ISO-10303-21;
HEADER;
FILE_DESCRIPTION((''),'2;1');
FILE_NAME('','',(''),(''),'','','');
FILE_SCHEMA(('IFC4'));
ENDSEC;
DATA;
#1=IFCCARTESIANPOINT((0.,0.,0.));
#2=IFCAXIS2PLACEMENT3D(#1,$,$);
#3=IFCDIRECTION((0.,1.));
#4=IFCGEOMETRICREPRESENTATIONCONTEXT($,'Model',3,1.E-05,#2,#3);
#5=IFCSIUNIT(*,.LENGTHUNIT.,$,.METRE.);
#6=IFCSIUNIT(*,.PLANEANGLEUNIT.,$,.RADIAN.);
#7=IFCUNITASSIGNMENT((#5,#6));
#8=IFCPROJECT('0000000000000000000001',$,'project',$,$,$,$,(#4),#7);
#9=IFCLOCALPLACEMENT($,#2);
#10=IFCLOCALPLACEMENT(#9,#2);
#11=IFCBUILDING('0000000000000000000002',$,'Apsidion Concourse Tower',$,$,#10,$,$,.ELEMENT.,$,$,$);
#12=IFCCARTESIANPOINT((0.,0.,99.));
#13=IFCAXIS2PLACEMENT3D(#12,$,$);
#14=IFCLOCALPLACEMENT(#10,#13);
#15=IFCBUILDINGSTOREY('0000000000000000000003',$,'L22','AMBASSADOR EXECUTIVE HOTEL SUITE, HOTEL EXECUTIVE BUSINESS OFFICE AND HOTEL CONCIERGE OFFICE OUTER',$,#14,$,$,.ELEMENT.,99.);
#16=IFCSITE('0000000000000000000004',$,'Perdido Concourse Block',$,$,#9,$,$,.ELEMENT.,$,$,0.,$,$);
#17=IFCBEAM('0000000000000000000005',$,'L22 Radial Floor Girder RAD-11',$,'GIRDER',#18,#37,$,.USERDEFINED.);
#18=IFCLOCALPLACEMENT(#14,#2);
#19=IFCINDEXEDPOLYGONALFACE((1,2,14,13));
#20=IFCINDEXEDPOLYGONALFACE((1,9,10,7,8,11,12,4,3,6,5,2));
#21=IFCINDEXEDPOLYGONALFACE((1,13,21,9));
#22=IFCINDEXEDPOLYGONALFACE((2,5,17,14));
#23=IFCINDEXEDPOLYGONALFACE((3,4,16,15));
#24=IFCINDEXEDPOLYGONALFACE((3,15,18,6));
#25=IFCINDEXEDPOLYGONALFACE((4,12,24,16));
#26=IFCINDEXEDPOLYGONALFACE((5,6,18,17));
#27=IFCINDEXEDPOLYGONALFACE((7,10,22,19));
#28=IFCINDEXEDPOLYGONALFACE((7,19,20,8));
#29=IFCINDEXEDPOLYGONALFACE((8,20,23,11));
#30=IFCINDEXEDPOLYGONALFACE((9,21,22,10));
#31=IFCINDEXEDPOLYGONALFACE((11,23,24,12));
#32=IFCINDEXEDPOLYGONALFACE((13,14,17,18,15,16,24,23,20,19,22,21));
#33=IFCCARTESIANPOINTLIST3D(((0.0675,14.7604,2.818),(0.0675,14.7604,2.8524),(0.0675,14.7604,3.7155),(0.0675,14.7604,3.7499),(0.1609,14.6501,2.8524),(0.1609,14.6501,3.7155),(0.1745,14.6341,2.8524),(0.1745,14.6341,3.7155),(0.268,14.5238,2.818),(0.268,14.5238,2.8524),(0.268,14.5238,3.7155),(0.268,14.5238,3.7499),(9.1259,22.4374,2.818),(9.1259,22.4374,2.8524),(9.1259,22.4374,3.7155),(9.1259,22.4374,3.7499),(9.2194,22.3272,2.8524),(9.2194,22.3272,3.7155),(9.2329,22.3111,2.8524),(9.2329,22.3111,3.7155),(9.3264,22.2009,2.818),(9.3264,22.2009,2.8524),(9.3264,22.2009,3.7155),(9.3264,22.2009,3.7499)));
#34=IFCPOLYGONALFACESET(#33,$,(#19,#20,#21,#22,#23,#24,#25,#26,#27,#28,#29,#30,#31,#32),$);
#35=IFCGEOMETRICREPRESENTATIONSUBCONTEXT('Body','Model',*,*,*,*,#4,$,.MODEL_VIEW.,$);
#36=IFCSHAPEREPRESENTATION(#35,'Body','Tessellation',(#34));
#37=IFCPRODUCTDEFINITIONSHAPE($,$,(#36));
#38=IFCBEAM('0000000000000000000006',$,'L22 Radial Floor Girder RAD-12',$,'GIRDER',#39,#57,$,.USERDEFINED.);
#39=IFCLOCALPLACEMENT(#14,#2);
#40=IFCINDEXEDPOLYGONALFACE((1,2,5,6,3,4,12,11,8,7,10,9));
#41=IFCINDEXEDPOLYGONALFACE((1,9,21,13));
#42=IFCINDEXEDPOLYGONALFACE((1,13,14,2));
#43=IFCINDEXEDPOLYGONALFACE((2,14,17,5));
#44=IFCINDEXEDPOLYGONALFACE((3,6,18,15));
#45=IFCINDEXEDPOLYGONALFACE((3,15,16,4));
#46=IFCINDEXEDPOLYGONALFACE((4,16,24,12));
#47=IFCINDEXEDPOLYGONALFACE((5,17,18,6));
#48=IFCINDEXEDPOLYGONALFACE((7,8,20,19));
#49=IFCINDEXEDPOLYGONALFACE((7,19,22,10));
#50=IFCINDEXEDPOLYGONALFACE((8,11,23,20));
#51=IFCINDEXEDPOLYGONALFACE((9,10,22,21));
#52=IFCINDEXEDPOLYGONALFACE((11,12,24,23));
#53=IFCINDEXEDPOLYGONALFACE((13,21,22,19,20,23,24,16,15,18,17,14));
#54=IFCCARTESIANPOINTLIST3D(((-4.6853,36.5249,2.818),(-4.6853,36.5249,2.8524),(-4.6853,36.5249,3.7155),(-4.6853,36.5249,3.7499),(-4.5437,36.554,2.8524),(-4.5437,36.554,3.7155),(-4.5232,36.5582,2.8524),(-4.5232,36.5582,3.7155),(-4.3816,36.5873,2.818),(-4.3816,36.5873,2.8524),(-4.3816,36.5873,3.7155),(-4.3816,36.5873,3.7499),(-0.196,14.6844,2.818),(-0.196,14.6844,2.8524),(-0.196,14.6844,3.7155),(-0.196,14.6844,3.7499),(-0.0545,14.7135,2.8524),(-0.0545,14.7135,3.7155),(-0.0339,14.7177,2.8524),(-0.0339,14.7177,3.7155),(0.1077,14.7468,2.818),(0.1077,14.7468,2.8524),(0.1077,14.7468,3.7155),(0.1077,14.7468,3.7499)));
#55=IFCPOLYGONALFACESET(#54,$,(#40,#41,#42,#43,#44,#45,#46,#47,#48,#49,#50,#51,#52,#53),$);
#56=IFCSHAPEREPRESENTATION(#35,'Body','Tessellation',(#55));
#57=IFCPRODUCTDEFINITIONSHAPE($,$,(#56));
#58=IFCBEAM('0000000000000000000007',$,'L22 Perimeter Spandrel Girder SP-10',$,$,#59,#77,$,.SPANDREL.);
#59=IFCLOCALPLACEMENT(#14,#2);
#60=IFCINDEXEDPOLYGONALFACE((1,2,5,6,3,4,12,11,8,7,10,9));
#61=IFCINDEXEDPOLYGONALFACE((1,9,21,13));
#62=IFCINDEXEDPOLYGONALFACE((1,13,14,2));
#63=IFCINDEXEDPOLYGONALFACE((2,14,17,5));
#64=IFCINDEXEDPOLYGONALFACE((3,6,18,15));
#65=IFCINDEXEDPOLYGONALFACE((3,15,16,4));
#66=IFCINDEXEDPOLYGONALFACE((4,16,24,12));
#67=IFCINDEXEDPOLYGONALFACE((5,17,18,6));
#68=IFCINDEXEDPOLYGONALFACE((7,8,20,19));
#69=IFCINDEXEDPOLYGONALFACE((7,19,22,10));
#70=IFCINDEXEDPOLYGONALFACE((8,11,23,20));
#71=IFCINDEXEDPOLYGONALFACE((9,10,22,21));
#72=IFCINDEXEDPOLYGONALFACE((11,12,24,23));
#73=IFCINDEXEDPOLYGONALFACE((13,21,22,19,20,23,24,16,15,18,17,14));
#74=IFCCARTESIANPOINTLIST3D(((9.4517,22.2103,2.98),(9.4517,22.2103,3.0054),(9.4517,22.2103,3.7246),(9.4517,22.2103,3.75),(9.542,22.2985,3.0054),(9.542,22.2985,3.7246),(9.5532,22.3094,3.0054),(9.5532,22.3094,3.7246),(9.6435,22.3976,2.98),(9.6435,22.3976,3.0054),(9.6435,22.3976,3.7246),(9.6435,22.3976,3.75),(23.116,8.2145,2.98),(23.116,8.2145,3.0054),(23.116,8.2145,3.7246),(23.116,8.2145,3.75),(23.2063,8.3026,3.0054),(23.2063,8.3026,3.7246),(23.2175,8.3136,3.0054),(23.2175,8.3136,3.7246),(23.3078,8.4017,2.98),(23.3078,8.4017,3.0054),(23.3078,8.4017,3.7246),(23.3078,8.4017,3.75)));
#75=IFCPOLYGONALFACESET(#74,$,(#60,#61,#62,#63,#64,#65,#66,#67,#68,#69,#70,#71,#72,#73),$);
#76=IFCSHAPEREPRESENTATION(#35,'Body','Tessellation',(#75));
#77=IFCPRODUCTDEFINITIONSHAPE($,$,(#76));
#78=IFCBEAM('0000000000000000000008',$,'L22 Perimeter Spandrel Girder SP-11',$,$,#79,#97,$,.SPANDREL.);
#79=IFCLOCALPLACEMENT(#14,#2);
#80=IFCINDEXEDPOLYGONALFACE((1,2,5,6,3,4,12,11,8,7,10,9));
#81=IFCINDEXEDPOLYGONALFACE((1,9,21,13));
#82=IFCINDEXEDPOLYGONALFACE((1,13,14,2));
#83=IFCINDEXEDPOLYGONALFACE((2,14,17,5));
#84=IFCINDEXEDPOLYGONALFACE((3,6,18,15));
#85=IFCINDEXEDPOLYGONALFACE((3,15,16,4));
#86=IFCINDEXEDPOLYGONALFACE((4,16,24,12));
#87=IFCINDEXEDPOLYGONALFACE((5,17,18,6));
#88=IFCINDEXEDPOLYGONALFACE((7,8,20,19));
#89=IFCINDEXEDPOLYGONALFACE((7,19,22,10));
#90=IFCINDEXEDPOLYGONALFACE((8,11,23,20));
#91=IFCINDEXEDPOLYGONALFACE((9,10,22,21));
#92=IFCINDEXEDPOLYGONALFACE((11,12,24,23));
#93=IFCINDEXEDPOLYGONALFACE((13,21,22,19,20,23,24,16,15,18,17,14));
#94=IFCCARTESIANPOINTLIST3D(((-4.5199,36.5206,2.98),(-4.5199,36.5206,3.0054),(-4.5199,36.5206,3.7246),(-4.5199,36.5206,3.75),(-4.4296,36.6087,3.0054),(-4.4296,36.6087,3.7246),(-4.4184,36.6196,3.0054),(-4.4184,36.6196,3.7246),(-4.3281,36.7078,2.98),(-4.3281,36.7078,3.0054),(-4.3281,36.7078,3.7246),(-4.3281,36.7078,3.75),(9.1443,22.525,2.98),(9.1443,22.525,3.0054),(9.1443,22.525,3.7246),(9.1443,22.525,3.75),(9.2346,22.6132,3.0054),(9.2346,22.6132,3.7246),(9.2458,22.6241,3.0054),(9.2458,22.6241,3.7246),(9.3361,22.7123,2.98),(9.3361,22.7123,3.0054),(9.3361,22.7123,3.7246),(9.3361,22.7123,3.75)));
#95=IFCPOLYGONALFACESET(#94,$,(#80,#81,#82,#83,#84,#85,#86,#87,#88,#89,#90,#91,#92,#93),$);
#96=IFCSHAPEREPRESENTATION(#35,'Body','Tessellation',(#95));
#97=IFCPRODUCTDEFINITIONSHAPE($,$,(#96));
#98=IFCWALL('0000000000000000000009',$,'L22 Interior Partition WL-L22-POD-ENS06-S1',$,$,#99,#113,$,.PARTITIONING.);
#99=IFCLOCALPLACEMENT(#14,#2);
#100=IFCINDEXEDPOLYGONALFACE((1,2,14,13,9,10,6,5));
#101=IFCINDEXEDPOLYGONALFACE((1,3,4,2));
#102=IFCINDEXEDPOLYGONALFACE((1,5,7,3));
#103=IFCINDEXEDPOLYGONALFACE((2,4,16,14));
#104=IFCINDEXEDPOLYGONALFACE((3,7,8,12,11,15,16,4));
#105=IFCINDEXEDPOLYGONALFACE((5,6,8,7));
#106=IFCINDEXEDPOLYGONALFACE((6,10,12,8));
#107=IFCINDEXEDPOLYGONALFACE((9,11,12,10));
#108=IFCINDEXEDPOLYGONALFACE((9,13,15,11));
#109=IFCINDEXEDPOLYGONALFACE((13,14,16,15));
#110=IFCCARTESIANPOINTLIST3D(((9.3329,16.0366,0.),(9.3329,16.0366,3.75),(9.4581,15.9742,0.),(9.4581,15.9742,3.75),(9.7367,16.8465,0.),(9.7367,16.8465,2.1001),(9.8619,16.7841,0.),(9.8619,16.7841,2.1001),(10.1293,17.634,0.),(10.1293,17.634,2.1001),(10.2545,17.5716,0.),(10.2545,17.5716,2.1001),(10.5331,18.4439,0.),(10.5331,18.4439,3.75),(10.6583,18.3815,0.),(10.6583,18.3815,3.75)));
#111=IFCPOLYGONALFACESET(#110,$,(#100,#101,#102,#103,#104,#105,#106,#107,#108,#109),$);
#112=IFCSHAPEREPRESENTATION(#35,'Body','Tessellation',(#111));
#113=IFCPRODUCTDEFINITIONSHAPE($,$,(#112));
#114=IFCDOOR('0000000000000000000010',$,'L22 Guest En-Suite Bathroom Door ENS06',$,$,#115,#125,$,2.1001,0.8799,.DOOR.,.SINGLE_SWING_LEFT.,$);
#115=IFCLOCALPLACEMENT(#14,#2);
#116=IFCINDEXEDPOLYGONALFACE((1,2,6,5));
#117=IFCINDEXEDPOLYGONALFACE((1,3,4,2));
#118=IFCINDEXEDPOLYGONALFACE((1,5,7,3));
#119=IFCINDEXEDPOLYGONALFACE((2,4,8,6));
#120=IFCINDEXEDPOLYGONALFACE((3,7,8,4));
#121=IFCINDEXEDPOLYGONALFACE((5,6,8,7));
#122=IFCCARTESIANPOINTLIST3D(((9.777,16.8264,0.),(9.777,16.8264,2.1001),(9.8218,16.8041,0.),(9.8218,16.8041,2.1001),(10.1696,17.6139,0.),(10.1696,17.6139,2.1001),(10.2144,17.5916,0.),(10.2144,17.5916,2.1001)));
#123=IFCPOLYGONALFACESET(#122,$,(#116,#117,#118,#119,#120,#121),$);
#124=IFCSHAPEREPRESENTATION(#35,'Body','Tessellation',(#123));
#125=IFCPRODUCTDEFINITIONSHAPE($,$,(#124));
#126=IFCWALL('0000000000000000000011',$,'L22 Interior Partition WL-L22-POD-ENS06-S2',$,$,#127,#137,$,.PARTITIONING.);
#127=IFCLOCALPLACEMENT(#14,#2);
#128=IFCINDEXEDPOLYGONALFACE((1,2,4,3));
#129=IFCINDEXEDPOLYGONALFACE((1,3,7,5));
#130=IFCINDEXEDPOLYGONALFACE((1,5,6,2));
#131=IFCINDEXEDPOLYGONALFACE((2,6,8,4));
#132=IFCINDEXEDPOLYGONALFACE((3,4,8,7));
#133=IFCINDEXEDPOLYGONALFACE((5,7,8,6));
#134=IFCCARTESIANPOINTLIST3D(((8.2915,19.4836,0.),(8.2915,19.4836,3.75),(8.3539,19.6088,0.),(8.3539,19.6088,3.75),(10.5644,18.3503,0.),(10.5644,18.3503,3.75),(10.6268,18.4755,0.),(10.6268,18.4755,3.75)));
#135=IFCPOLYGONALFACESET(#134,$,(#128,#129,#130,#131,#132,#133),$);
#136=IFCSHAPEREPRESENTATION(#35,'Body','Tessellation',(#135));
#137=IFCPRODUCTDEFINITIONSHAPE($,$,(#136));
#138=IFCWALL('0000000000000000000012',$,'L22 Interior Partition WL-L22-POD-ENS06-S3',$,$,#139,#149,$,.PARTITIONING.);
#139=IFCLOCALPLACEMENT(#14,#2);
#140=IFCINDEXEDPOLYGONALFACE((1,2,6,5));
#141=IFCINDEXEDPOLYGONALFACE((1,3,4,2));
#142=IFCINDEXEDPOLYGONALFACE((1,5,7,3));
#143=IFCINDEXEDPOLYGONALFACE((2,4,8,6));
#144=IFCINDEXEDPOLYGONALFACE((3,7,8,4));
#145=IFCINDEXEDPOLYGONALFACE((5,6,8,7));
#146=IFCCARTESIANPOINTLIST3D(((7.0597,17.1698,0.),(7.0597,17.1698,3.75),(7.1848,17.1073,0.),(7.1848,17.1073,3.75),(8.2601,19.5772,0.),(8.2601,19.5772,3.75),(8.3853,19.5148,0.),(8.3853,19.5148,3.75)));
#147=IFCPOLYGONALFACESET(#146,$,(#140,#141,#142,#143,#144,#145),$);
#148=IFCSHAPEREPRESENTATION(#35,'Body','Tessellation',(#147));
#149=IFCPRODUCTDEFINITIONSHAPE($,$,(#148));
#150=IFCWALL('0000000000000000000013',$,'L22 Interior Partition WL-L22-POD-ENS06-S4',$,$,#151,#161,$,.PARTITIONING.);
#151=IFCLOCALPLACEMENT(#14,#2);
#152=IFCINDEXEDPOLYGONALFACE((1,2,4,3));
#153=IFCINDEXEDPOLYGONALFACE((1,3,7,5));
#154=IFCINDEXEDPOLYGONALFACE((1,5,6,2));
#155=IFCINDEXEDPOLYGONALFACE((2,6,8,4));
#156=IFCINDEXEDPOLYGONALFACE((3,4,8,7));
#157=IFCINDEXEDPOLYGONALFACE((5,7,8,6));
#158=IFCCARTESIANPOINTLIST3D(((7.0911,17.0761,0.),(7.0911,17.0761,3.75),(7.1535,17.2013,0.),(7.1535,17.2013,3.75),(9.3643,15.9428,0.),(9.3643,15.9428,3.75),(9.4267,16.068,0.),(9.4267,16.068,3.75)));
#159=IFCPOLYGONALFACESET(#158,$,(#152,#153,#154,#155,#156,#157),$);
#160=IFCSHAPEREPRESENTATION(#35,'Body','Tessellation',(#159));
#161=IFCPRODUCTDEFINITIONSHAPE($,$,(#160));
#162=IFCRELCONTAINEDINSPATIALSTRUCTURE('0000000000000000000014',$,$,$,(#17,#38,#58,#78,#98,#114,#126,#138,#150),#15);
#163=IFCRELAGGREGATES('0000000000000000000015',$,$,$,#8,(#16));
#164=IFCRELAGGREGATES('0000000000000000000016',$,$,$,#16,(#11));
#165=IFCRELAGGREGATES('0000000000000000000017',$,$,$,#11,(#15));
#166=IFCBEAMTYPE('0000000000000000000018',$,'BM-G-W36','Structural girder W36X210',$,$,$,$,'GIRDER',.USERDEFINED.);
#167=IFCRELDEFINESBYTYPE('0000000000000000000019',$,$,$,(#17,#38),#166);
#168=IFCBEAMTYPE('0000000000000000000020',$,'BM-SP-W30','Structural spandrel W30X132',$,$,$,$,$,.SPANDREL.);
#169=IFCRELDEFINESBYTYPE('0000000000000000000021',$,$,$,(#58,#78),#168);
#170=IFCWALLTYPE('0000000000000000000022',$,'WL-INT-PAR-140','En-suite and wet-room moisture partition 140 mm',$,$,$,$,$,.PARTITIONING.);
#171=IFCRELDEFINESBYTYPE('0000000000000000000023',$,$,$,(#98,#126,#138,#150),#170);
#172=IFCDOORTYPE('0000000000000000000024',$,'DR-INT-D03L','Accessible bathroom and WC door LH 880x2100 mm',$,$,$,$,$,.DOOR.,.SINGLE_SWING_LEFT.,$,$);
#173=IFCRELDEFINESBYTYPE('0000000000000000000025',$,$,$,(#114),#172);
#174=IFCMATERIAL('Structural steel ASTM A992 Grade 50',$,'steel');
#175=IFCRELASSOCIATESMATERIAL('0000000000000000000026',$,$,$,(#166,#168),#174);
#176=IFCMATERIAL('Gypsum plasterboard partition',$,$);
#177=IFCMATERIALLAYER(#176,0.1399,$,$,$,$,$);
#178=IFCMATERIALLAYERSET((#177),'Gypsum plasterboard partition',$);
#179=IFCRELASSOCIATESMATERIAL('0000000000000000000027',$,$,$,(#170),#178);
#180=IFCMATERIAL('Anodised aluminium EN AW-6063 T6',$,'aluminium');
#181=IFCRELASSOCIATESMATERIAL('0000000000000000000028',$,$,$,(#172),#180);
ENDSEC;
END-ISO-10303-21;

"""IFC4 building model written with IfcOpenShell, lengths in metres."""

from ifc_helpers import new_model, si_unit, direction, frame, frame_2d, origin, origin_2d, place, context, subcontext, project, spatial, rectangle, i_section, extrude, material, layer, layer_set, material_profile, profile_set, type_object, element, fill, save


model = new_model("IFC4")

# Units and contexts
model_context = context("Model", 3, precision=1e-05, world=origin(), true_north=direction((0.0, 1.0)))
body_context = subcontext(model_context, "Body", "Model", "MODEL_VIEW")
ifc_project = project(units=[si_unit("LENGTHUNIT", "METRE"), si_unit("PLANEANGLEUNIT", "RADIAN")], contexts=[model_context])

# Site, building, storey
site_placement = place(None, origin())
site = spatial("IfcSite", under=ifc_project, at=site_placement, Name="Perdido Concourse Block", CompositionType="ELEMENT", RefElevation=0.0)
building_placement = place(site_placement, origin())
building = spatial("IfcBuilding", under=site, at=building_placement, Name="Apsidion Concourse Tower", CompositionType="ELEMENT")
storey_placement = place(building_placement, frame((0.0, 0.0, 99.0)))
storey = spatial("IfcBuildingStorey", under=building, at=storey_placement, Name="L22", Description="AMBASSADOR EXECUTIVE HOTEL SUITE, HOTEL EXECUTIVE BUSINESS OFFICE AND HOTEL CONCIERGE OFFICE OUTER", CompositionType="ELEMENT", Elevation=99.0)

# Beams
ifc_material_1 = material(Name="Structural steel ASTM A992 Grade 50", Category="steel")
ifc_material_profile_1 = material_profile(ifc_material_1, i_section(OverallWidth=0.3101, OverallDepth=0.9319, WebThickness=0.021, FlangeThickness=0.0344, at=origin_2d()), Name="W36X210")
ifc_profile_set_1 = profile_set([ifc_material_profile_1], Name="Structural steel ASTM A992 Grade 50")
beam_type_1 = type_object("IfcBeamType", Name="BM-G-W36", Description="Structural girder W36X210", ElementType="GIRDER", PredefinedType="USERDEFINED", material=ifc_profile_set_1)
beam_1_placement = place(storey_placement, frame((0.1677, 14.6421, 3.2839), z_axis=(0.762878, 0.646543, 0.0), x_axis=(-0.646543, 0.762878, 0.0)))
element("IfcBeam", 1, at=beam_1_placement, inside=storey, type_object=beam_type_1, Name="L22 Radial Floor Girder RAD-11", ObjectType="GIRDER", PredefinedType="USERDEFINED", context=body_context, shape_type="SweptSolid", body=[
    extrude(i_section(OverallWidth=0.3101, OverallDepth=0.9319, WebThickness=0.021, FlangeThickness=0.0344, at=origin_2d()), origin(), (0.0, 0.0, 1.0), 11.874),
])
beam_2_placement = place(storey_placement, frame((-0.0442, 14.7156, 3.2839), z_axis=(-0.201337, 0.979522, 0.0), x_axis=(-0.979522, -0.201337, 0.0)))
element("IfcBeam", 2, at=beam_2_placement, inside=storey, type_object=beam_type_1, Name="L22 Radial Floor Girder RAD-12", ObjectType="GIRDER", PredefinedType="USERDEFINED", context=body_context, shape_type="SweptSolid", body=[
    extrude(i_section(OverallWidth=0.3101, OverallDepth=0.9319, WebThickness=0.021, FlangeThickness=0.0344, at=origin_2d()), origin(), (0.0, 0.0, 1.0), 22.2971),
])
ifc_material_profile_2 = material_profile(ifc_material_1, i_section(OverallWidth=0.2681, OverallDepth=0.77, WebThickness=0.0156, FlangeThickness=0.0254, at=origin_2d()), Name="W30X132")
ifc_profile_set_2 = profile_set([ifc_material_profile_2], Name="Structural steel ASTM A992 Grade 50")
beam_type_2 = type_object("IfcBeamType", Name="BM-SP-W30", Description="Structural spandrel W30X132", PredefinedType="SPANDREL", material=ifc_profile_set_2)
beam_3_placement = place(storey_placement, frame((23.2119, 8.3081, 3.365), z_axis=(-0.698581, 0.715531, 0.0), x_axis=(-0.715531, -0.698581, 0.0)))
element("IfcBeam", 3, at=beam_3_placement, inside=storey, type_object=beam_type_2, Name="L22 Perimeter Spandrel Girder SP-10", PredefinedType="SPANDREL", context=body_context, shape_type="SweptSolid", body=[
    extrude(i_section(OverallWidth=0.2681, OverallDepth=0.77, WebThickness=0.0156, FlangeThickness=0.0254, at=origin_2d()), origin(), (0.0, 0.0, 1.0), 19.5601),
])
beam_4_placement = place(storey_placement, frame((9.2402, 22.6187, 3.365), z_axis=(-0.698587, 0.715525, 0.0), x_axis=(-0.715525, -0.698587, 0.0)))
element("IfcBeam", 4, at=beam_4_placement, inside=storey, type_object=beam_type_2, Name="L22 Perimeter Spandrel Girder SP-11", PredefinedType="SPANDREL", context=body_context, shape_type="SweptSolid", body=[
    extrude(i_section(OverallWidth=0.2681, OverallDepth=0.77, WebThickness=0.0156, FlangeThickness=0.0254, at=origin_2d()), origin(), (0.0, 0.0, 1.0), 19.5598),
])

# Wall, opening, door
ifc_material_2 = material(Name="Gypsum plasterboard partition")
ifc_layer_1 = layer(ifc_material_2, 0.1399)
ifc_layer_set_1 = layer_set([ifc_layer_1], Name="Gypsum plasterboard partition")
wall_type_1 = type_object("IfcWallType", Name="WL-INT-PAR-140", Description="En-suite and wet-room moisture partition 140 mm", PredefinedType="PARTITIONING", material=ifc_layer_set_1)
wall_1_placement = place(storey_placement, frame((9.3955, 16.0054, 0.0), z_axis=(0.0, 0.0, 1.0), x_axis=(0.446161, 0.894953, 0.0)))
wall_1 = element("IfcWall", 5, at=wall_1_placement, inside=storey, type_object=wall_type_1, Name="L22 Interior Partition WL-L22-POD-ENS06-S1", PredefinedType="PARTITIONING", context=body_context, shape_type="SweptSolid", body=[
    extrude(rectangle(XDim=2.6899, YDim=0.1399, at=frame_2d((1.345, 0.0))), origin(), (0.0, 0.0, 1.0), 3.75),
])
opening_1_placement = place(wall_1_placement, frame((0.905, 0.0, 0.0)))
opening_1 = element("IfcOpeningElement", 6, at=opening_1_placement, cuts=wall_1, PredefinedType="OPENING", context=body_context, shape_type="SweptSolid", body=[
    extrude(rectangle(XDim=0.8799, YDim=2.1001, at=frame_2d((0.4399, 1.05))), frame((0.0, 0.0801, 0.0), z_axis=(0.0, -1.0, 0.0), x_axis=(1.0, 0.0, 0.0)), (0.0, 0.0, 1.0), 0.1599),
])
ifc_material_3 = material(Name="Anodised aluminium EN AW-6063 T6", Category="aluminium")
door_type_1 = type_object("IfcDoorType", Name="DR-INT-D03L", Description="Accessible bathroom and WC door LH 880x2100 mm", OperationType="SINGLE_SWING_LEFT", PredefinedType="DOOR", material=ifc_material_3)
door_1_placement = place(opening_1_placement, origin())
door_1 = element("IfcDoor", 7, at=door_1_placement, inside=storey, type_object=door_type_1, Name="L22 Guest En-Suite Bathroom Door ENS06", OperationType="SINGLE_SWING_LEFT", OverallHeight=2.1001, OverallWidth=0.8799, PredefinedType="DOOR", context=body_context, shape_type="SweptSolid", body=[
    extrude(rectangle(XDim=0.8799, YDim=2.1001, at=frame_2d((0.4399, 1.05))), frame((0.0, 0.0249, 0.0), z_axis=(0.0, -1.0, 0.0), x_axis=(1.0, 0.0, 0.0)), (0.0, 0.0, 1.0), 0.05),
])
fill(opening_1, door_1)

# Walls
wall_2_placement = place(storey_placement, frame((10.5957, 18.4128, 0.0), z_axis=(0.0, 0.0, 1.0), x_axis=(-0.894926, 0.446214, 0.0)))
element("IfcWall", 8, at=wall_2_placement, inside=storey, type_object=wall_type_1, Name="L22 Interior Partition WL-L22-POD-ENS06-S2", PredefinedType="PARTITIONING", context=body_context, shape_type="SweptSolid", body=[
    extrude(rectangle(XDim=2.5398, YDim=0.1399, at=frame_2d((1.27, 0.0))), origin(), (0.0, 0.0, 1.0), 3.75),
])
wall_3_placement = place(storey_placement, frame((8.3228, 19.5461, 0.0), z_axis=(0.0, 0.0, 1.0), x_axis=(-0.446233, -0.894917, 0.0)))
element("IfcWall", 9, at=wall_3_placement, inside=storey, type_object=wall_type_1, Name="L22 Interior Partition WL-L22-POD-ENS06-S3", PredefinedType="PARTITIONING", context=body_context, shape_type="SweptSolid", body=[
    extrude(rectangle(XDim=2.6902, YDim=0.1399, at=frame_2d((1.3452, 0.0))), origin(), (0.0, 0.0, 1.0), 3.75),
])
wall_4_placement = place(storey_placement, frame((7.1223, 17.1387, 0.0), z_axis=(0.0, 0.0, 1.0), x_axis=(0.894946, -0.446175, 0.0)))
element("IfcWall", 10, at=wall_4_placement, inside=storey, type_object=wall_type_1, Name="L22 Interior Partition WL-L22-POD-ENS06-S4", PredefinedType="PARTITIONING", context=body_context, shape_type="SweptSolid", body=[
    extrude(rectangle(XDim=2.54, YDim=0.1399, at=frame_2d((1.27, 0.0))), origin(), (0.0, 0.0, 1.0), 3.75),
])

save(model, "model.ifc")
